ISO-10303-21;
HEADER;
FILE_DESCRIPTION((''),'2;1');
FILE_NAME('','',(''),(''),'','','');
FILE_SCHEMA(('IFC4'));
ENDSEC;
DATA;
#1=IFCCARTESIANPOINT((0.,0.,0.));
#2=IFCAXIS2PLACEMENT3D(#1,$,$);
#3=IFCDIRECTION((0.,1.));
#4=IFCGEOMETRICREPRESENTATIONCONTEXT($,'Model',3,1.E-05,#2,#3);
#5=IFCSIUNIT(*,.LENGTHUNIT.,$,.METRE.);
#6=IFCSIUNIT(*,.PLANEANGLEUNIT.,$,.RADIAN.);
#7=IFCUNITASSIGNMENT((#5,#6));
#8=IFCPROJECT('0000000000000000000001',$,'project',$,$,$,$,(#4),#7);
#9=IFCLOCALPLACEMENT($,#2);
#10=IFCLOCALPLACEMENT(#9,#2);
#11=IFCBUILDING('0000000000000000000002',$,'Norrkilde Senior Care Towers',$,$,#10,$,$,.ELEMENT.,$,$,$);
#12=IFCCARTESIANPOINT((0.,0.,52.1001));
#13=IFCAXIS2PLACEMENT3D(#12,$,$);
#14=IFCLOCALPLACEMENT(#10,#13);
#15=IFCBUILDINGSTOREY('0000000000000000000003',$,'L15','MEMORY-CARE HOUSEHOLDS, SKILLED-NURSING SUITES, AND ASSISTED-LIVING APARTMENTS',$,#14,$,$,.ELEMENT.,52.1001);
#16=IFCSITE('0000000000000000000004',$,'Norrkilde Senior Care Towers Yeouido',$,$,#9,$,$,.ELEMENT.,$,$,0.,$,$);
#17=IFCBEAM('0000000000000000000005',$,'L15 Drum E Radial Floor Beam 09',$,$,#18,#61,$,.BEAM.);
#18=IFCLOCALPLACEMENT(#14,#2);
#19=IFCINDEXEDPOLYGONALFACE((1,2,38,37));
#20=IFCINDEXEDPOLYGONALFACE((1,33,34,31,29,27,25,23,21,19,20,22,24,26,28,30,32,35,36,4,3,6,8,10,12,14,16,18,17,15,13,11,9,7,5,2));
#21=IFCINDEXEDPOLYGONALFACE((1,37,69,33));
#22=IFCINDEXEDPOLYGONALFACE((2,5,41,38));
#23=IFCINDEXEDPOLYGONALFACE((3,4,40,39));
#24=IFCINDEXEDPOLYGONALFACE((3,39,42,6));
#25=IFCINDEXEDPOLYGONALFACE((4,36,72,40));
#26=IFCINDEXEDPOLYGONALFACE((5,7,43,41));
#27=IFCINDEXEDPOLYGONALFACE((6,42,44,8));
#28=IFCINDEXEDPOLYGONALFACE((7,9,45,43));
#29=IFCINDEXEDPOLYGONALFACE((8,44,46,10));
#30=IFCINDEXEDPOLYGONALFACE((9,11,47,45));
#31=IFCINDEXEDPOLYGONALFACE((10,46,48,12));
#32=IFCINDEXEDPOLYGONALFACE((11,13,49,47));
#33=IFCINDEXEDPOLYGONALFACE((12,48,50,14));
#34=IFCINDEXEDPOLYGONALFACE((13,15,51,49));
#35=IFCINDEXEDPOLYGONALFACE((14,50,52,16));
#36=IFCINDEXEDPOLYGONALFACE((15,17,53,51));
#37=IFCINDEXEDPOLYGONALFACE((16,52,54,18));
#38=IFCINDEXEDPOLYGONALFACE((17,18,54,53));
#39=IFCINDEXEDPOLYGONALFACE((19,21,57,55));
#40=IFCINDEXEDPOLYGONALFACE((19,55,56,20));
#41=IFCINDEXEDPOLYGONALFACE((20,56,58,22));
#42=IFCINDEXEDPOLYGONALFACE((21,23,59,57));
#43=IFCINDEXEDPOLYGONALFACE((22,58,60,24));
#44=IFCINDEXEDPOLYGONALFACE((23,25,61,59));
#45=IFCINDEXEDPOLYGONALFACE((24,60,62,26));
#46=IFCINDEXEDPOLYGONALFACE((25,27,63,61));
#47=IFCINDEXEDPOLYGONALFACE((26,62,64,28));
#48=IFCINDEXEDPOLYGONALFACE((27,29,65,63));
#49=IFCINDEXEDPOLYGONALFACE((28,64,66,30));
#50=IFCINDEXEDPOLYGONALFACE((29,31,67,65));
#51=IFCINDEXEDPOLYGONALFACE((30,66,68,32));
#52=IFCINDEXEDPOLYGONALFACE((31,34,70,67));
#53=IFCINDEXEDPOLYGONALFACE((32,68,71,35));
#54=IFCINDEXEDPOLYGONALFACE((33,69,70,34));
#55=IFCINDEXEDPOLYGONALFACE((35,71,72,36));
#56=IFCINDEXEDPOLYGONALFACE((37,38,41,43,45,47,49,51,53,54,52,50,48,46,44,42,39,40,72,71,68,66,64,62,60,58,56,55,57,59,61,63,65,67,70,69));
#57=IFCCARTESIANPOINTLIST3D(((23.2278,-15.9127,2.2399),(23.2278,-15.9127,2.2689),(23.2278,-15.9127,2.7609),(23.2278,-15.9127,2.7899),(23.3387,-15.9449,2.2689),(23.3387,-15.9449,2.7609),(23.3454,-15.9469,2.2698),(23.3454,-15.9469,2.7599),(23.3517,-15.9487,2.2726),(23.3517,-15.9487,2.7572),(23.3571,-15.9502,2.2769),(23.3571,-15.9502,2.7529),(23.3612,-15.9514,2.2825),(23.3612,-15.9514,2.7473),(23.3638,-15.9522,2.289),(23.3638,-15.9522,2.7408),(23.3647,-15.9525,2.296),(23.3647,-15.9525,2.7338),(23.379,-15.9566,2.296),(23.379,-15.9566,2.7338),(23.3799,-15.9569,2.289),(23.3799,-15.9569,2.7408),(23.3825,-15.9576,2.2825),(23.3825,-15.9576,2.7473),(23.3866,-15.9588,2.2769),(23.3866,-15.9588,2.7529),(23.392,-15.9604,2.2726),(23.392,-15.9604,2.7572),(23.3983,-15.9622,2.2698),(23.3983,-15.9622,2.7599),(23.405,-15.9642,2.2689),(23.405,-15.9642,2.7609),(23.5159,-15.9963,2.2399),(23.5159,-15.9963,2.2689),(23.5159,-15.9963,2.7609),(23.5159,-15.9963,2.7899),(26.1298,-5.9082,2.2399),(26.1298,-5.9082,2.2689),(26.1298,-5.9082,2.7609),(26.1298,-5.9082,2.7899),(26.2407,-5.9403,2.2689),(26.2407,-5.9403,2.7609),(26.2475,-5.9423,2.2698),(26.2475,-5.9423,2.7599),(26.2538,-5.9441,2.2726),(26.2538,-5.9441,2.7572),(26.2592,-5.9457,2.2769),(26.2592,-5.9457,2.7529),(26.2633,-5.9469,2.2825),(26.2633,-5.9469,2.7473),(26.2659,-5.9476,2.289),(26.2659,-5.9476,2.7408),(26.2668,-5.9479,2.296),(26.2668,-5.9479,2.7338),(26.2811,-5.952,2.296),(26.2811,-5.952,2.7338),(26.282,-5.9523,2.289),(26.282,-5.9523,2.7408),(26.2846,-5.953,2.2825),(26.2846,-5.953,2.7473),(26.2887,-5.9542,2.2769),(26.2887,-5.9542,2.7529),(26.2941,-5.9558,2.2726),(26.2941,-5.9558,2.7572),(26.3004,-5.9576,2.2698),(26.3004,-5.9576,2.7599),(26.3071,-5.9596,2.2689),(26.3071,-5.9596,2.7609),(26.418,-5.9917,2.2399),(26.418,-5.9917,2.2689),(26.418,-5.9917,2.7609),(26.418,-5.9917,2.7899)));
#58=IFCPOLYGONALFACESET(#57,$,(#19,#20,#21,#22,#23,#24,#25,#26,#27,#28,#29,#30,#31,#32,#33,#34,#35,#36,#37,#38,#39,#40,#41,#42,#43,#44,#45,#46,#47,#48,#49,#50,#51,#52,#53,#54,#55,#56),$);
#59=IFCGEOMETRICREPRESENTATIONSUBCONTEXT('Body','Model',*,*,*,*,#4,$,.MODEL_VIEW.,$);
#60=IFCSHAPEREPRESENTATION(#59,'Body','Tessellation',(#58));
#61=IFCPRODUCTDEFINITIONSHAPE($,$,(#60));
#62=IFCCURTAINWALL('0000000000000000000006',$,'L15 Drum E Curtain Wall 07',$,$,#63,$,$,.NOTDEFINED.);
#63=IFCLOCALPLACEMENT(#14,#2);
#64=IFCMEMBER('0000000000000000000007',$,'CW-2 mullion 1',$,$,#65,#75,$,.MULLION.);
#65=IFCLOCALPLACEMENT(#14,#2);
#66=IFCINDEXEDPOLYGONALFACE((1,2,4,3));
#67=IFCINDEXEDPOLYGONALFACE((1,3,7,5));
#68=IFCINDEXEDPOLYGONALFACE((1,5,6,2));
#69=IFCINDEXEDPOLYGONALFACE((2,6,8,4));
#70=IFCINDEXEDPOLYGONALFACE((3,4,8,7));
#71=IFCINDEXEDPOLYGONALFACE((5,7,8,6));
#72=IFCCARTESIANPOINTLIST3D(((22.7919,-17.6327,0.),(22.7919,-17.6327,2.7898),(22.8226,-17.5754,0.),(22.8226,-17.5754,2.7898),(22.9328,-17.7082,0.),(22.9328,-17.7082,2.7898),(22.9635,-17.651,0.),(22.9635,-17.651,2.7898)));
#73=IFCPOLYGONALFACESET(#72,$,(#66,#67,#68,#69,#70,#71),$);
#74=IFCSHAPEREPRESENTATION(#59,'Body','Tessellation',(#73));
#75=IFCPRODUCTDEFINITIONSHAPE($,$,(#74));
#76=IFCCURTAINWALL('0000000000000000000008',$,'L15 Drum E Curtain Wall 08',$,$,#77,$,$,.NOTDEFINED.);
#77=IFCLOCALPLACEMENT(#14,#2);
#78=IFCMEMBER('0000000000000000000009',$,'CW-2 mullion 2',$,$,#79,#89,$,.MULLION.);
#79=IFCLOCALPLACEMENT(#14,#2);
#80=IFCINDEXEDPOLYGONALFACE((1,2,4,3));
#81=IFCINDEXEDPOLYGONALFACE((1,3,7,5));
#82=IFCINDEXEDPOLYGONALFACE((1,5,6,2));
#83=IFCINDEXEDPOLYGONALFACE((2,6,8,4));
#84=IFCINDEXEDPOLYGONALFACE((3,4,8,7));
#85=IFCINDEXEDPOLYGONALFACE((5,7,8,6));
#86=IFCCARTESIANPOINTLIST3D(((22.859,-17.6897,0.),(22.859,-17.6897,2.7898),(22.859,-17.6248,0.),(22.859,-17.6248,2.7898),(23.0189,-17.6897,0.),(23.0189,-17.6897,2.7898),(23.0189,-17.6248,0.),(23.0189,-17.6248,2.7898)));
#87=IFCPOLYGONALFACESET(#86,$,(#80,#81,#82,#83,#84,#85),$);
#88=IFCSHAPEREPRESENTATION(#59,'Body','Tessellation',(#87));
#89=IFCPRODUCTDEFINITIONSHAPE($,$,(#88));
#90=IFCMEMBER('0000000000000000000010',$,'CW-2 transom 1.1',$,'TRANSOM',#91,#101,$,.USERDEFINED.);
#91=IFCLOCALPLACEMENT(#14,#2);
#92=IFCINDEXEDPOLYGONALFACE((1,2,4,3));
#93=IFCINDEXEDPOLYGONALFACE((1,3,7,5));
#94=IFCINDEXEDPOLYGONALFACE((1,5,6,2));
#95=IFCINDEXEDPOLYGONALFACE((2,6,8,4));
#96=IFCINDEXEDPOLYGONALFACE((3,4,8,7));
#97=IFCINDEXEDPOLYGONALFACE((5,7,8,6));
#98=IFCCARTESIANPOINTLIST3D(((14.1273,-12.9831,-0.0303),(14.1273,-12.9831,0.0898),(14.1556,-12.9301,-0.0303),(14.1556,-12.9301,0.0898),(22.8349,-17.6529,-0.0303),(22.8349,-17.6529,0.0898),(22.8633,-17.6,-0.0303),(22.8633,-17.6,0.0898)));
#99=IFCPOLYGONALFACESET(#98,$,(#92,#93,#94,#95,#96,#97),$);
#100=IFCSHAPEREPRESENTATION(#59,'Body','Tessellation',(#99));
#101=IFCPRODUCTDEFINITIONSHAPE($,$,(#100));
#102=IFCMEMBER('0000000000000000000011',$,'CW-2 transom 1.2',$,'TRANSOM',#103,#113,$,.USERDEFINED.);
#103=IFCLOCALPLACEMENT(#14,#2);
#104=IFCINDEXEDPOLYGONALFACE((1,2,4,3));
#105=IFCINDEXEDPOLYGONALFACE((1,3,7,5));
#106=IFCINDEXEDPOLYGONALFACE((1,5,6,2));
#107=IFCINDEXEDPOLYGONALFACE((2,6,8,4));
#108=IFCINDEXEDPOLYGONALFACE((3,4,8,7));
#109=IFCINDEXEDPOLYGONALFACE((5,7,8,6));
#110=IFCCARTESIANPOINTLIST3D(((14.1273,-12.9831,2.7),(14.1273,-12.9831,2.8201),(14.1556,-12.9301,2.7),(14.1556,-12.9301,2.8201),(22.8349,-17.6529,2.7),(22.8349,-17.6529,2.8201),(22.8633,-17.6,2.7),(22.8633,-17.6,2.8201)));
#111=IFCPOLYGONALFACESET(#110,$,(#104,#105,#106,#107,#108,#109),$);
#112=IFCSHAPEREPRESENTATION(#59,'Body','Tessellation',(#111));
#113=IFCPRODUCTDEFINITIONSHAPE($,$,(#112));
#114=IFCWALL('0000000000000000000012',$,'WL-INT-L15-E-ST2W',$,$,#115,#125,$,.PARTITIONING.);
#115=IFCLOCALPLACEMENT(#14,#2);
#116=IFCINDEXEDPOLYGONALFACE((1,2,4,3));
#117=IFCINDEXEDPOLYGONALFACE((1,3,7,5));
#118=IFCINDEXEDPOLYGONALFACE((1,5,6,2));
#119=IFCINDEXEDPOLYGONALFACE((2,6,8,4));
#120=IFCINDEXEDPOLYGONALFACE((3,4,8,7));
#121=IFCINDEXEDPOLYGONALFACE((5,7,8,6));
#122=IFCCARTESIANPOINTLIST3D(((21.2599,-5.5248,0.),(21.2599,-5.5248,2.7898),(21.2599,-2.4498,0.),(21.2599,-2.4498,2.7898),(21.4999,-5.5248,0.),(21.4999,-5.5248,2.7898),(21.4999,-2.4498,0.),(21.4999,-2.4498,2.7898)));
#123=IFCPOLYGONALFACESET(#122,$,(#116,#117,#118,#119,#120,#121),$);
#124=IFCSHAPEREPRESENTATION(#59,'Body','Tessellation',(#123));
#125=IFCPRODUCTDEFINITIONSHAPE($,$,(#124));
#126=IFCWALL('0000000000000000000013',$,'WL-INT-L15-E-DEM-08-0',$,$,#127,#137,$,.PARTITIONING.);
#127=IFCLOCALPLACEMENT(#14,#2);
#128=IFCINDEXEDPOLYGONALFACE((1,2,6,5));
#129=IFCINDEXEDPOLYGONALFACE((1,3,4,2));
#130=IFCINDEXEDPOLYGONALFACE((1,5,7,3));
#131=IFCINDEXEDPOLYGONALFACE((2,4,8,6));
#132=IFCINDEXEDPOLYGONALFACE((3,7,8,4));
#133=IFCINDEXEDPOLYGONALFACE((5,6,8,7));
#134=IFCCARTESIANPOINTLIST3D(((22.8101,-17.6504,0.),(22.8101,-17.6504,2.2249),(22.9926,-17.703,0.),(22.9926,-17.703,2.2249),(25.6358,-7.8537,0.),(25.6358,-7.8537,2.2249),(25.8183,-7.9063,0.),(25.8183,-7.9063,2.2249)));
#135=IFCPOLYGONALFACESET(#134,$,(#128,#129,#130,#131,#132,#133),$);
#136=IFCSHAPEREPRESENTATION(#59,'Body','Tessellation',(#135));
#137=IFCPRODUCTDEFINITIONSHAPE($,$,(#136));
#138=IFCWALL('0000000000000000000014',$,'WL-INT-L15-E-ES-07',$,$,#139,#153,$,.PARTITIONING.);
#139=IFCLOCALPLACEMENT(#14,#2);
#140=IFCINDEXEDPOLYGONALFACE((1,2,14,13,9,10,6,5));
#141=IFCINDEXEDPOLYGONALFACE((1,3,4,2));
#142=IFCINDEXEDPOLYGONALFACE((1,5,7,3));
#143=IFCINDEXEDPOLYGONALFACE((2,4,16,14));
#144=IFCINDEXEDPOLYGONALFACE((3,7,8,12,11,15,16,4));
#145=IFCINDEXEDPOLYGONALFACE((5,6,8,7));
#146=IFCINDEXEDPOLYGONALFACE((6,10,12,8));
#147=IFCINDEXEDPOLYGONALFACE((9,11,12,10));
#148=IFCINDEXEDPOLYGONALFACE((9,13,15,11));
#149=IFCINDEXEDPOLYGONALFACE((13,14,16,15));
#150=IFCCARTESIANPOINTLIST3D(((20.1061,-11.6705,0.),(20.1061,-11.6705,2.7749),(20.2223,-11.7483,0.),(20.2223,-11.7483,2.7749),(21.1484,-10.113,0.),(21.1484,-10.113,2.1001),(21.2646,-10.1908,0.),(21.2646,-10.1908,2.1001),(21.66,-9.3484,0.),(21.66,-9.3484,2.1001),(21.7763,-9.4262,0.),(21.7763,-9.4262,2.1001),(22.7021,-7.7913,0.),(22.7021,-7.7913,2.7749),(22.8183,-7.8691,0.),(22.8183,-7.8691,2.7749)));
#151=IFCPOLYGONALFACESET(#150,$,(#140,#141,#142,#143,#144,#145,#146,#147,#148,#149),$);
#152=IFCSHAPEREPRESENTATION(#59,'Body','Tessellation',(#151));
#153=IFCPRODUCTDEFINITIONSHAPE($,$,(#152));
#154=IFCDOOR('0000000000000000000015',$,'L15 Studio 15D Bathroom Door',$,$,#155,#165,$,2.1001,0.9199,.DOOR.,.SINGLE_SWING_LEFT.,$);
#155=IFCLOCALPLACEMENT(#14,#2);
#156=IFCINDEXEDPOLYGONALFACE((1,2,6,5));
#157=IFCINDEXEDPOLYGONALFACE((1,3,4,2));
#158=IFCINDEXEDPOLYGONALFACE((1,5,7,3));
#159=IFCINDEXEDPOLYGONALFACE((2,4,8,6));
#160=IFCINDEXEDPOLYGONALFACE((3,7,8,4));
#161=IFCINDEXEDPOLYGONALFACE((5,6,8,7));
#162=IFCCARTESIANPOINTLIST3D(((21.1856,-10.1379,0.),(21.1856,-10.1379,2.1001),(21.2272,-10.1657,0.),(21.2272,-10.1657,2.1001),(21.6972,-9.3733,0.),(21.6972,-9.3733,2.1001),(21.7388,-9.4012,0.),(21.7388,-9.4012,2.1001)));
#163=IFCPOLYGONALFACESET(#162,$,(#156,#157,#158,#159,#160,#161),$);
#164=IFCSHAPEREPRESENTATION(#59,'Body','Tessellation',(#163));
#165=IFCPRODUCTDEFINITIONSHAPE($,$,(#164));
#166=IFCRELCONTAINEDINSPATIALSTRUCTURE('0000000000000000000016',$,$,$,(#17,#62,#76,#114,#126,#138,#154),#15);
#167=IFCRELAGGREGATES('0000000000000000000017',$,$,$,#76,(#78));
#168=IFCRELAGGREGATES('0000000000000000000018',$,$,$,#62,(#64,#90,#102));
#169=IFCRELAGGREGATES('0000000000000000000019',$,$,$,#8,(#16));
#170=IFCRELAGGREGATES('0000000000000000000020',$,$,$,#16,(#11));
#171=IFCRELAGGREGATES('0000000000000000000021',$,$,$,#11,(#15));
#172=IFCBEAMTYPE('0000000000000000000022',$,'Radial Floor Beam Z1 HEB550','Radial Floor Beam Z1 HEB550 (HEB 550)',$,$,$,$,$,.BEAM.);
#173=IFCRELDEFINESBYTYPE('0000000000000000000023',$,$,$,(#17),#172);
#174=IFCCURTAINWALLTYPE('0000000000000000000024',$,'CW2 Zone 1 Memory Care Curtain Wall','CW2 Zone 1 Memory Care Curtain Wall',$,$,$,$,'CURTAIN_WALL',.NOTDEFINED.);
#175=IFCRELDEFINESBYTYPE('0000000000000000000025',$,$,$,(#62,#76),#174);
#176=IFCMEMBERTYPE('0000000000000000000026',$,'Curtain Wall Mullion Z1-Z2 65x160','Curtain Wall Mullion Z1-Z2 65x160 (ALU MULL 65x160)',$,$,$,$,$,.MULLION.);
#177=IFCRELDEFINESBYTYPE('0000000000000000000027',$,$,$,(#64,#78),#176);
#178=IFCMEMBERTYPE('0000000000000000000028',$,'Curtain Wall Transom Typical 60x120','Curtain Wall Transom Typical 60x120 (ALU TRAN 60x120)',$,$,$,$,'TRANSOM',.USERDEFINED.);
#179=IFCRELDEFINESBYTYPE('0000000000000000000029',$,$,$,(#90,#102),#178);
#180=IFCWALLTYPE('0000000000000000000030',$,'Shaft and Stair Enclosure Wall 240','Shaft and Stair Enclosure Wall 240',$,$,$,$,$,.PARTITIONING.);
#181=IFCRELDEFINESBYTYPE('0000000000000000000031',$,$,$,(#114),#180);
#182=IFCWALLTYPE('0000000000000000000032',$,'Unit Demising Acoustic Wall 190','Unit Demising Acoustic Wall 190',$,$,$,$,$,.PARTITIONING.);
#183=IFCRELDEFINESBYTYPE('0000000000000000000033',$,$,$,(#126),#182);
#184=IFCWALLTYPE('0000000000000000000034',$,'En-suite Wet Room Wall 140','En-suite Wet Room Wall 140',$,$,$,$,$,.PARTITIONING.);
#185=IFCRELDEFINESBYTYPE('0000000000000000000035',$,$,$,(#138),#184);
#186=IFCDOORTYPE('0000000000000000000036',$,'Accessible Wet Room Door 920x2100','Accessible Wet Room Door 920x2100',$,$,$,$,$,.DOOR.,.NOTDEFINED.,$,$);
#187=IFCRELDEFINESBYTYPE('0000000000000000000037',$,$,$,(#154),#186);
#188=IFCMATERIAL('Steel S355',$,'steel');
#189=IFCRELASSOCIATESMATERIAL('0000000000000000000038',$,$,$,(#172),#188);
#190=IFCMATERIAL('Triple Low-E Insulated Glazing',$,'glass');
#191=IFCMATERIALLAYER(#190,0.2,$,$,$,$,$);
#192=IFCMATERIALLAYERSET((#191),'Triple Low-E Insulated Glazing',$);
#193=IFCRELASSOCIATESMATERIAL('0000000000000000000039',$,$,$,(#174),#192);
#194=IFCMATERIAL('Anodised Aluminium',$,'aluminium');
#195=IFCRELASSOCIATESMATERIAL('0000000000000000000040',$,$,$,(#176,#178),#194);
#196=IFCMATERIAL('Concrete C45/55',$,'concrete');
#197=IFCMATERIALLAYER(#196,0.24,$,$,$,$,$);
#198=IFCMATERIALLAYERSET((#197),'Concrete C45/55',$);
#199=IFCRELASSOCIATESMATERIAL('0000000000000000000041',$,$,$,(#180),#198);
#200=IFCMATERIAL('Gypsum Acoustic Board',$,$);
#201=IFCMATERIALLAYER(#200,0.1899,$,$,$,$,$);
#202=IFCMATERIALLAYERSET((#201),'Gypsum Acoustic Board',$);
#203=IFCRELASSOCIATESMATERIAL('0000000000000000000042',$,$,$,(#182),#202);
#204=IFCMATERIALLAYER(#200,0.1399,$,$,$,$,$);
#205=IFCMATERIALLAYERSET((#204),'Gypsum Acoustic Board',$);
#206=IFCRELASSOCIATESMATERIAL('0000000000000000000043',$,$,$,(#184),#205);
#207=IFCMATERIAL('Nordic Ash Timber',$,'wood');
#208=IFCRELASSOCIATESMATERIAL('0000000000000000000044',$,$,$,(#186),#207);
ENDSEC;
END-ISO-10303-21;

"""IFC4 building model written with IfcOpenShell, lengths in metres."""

from ifc_helpers import new_model, si_unit, direction, frame, frame_2d, origin, origin_2d, place, context, subcontext, project, spatial, rectangle, i_section, extrude, source, transform, mapped, material, layer, layer_set, material_profile, profile_set, type_object, type_shapes, element, fill, aggregate, save


model = new_model("IFC4")

# Units and contexts
model_context = context("Model", 3, precision=1e-05, world=origin(), true_north=direction((0.0, 1.0)))
body_context = subcontext(model_context, "Body", "Model", "MODEL_VIEW")
ifc_project = project(units=[si_unit("LENGTHUNIT", "METRE"), si_unit("PLANEANGLEUNIT", "RADIAN")], contexts=[model_context])

# Site, building, storey
site_placement = place(None, origin())
site = spatial("IfcSite", under=ifc_project, at=site_placement, Name="Norrkilde Senior Care Towers Yeouido", CompositionType="ELEMENT", RefElevation=0.0)
building_placement = place(site_placement, origin())
building = spatial("IfcBuilding", under=site, at=building_placement, Name="Norrkilde Senior Care Towers", CompositionType="ELEMENT")
storey_placement = place(building_placement, frame((0.0, 0.0, 52.1001)))
storey = spatial("IfcBuildingStorey", under=building, at=storey_placement, Name="L15", Description="MEMORY-CARE HOUSEHOLDS, SKILLED-NURSING SUITES, AND ASSISTED-LIVING APARTMENTS", CompositionType="ELEMENT", Elevation=52.1001)

# Beam
ifc_material_1 = material(Name="Steel S355", Category="steel")
ifc_material_profile_1 = material_profile(ifc_material_1, i_section(OverallWidth=0.3, OverallDepth=0.55, WebThickness=0.0149, FlangeThickness=0.0291, FilletRadius=0.0271, at=origin_2d()), Name="HEB 550")
ifc_profile_set_1 = profile_set([ifc_material_profile_1], Name="Steel S355")
beam_type_1 = type_object("IfcBeamType", Name="Radial Floor Beam Z1 HEB550", Description="Radial Floor Beam Z1 HEB550 (HEB 550)", PredefinedType="BEAM", material=ifc_profile_set_1)
shared_shape_1 = source(origin(), body_context, "Body", "SweptSolid", [
    extrude(i_section(OverallWidth=0.3, OverallDepth=0.55, WebThickness=0.0149, FlangeThickness=0.0291, FilletRadius=0.0271, at=origin_2d()), origin(), (0.0, 0.0, 1.0), 10.417),
])
beam_1_placement = place(storey_placement, frame((26.2739, -5.95, 2.5149), z_axis=(-0.278591, -0.96041, 0.0), x_axis=(0.96041, -0.278591, 0.0)))
element("IfcBeam", 1, at=beam_1_placement, inside=storey, type_object=beam_type_1, Name="L15 Drum E Radial Floor Beam 09", PredefinedType="BEAM", context=body_context, shape_type="MappedRepresentation", body=[
    mapped(shared_shape_1, transform((0.0, 0.0, 0.0), x_axis=(1.0, 0.0, 0.0), y_axis=(0.0, 1.0, 0.0), z_axis=(0.0, 0.0, 1.0), scale=1.0)),
])

# Curtain walls, members
ifc_material_2 = material(Name="Triple Low-E Insulated Glazing", Category="glass")
ifc_layer_1 = layer(ifc_material_2, 0.2)
ifc_layer_set_1 = layer_set([ifc_layer_1], Name="Triple Low-E Insulated Glazing")
curtain_wall_type = type_object("IfcCurtainWallType", Name="CW2 Zone 1 Memory Care Curtain Wall", Description="CW2 Zone 1 Memory Care Curtain Wall", ElementType="CURTAIN_WALL", PredefinedType="NOTDEFINED", material=ifc_layer_set_1)
curtain_wall_1_placement = place(storey_placement, origin())
curtain_wall_1 = element("IfcCurtainWall", 2, at=curtain_wall_1_placement, inside=storey, type_object=curtain_wall_type, Name="L15 Drum E Curtain Wall 07", PredefinedType="NOTDEFINED")
ifc_material_3 = material(Name="Anodised Aluminium", Category="aluminium")
ifc_material_profile_2 = material_profile(ifc_material_3, rectangle(XDim=0.0649, YDim=0.1599, at=origin_2d()), Name="ALU MULL 65x160")
ifc_profile_set_2 = profile_set([ifc_material_profile_2], Name="Anodised Aluminium")
member_type_1 = type_object("IfcMemberType", Name="Curtain Wall Mullion Z1-Z2 65x160", Description="Curtain Wall Mullion Z1-Z2 65x160 (ALU MULL 65x160)", PredefinedType="MULLION", material=ifc_profile_set_2)
shared_shape_2 = source(origin(), body_context, "Body", "SweptSolid", [
    extrude(rectangle(XDim=0.0649, YDim=0.1599, at=origin_2d()), origin(), (0.0, 0.0, 1.0), 2.7898),
])
type_shapes(member_type_1, [shared_shape_2])
member_1_placement = place(storey_placement, frame((22.8777, -17.6418, 0.0), z_axis=(0.0, 0.0, 1.0), x_axis=(-0.472608, -0.881273, 0.0)))
member_1 = element("IfcMember", 3, at=member_1_placement, type_object=member_type_1, Name="CW-2 mullion 1", PredefinedType="MULLION", context=body_context, shape_type="MappedRepresentation", body=[
    mapped(shared_shape_2, transform((0.0, 0.0, 0.0), x_axis=(1.0, 0.0, 0.0), y_axis=(0.0, 1.0, 0.0), z_axis=(0.0, 0.0, 1.0), scale=1.0)),
])
curtain_wall_2_placement = place(storey_placement, origin())
curtain_wall_2 = element("IfcCurtainWall", 4, at=curtain_wall_2_placement, inside=storey, type_object=curtain_wall_type, Name="L15 Drum E Curtain Wall 08", PredefinedType="NOTDEFINED")
member_2_placement = place(storey_placement, frame((22.939, -17.6572, 0.0), z_axis=(0.0, 0.0, 1.0), x_axis=(0.0, -1.0, 0.0)))
member_2 = element("IfcMember", 5, at=member_2_placement, type_object=member_type_1, Name="CW-2 mullion 2", PredefinedType="MULLION", context=body_context, shape_type="MappedRepresentation", body=[
    mapped(shared_shape_2, transform((0.0, 0.0, 0.0), x_axis=(1.0, 0.0, 0.0), y_axis=(0.0, 1.0, 0.0), z_axis=(0.0, 0.0, 1.0), scale=1.0)),
])
aggregate(curtain_wall_2, [member_2])

# Members
ifc_material_profile_3 = material_profile(ifc_material_3, rectangle(XDim=0.0601, YDim=0.1201, at=origin_2d()), Name="ALU TRAN 60x120")
ifc_profile_set_3 = profile_set([ifc_material_profile_3], Name="Anodised Aluminium")
member_type_2 = type_object("IfcMemberType", Name="Curtain Wall Transom Typical 60x120", Description="Curtain Wall Transom Typical 60x120 (ALU TRAN 60x120)", ElementType="TRANSOM", PredefinedType="USERDEFINED", material=ifc_profile_set_3)
shared_shape_3 = source(origin(), body_context, "Body", "SweptSolid", [
    extrude(rectangle(XDim=0.0601, YDim=0.1201, at=origin_2d()), origin(), (0.0, 0.0, 1.0), 9.8809),
])
type_shapes(member_type_2, [shared_shape_3])
member_3_placement = place(storey_placement, frame((22.8491, -17.6265, 0.0298), z_axis=(-0.881267, 0.472618, 0.0), x_axis=(-0.472618, -0.881267, 0.0)))
member_3 = element("IfcMember", 6, at=member_3_placement, type_object=member_type_2, Name="CW-2 transom 1.1", ObjectType="TRANSOM", PredefinedType="USERDEFINED", context=body_context, shape_type="MappedRepresentation", body=[
    mapped(shared_shape_3, transform((0.0, 0.0, 0.0), x_axis=(1.0, 0.0, 0.0), y_axis=(0.0, 1.0, 0.0), z_axis=(0.0, 0.0, 1.0), scale=1.0)),
])
member_4_placement = place(storey_placement, frame((22.8491, -17.6265, 2.76), z_axis=(-0.881267, 0.472618, 0.0), x_axis=(-0.472618, -0.881267, 0.0)))
member_4 = element("IfcMember", 7, at=member_4_placement, type_object=member_type_2, Name="CW-2 transom 1.2", ObjectType="TRANSOM", PredefinedType="USERDEFINED", context=body_context, shape_type="MappedRepresentation", body=[
    mapped(shared_shape_3, transform((0.0, 0.0, 0.0), x_axis=(1.0, 0.0, 0.0), y_axis=(0.0, 1.0, 0.0), z_axis=(0.0, 0.0, 1.0), scale=1.0)),
])
aggregate(curtain_wall_1, [member_1, member_3, member_4])

# Walls
ifc_material_4 = material(Name="Concrete C45/55", Category="concrete")
ifc_layer_2 = layer(ifc_material_4, 0.24)
ifc_layer_set_2 = layer_set([ifc_layer_2], Name="Concrete C45/55")
wall_type_1 = type_object("IfcWallType", Name="Shaft and Stair Enclosure Wall 240", Description="Shaft and Stair Enclosure Wall 240", PredefinedType="PARTITIONING", material=ifc_layer_set_2)
shared_shape_4 = source(origin(), body_context, "Body", "SweptSolid", [
    extrude(rectangle(XDim=3.075, YDim=0.24, at=frame_2d((1.5376, 0.0))), origin(), (0.0, 0.0, 1.0), 2.7898),
])
type_shapes(wall_type_1, [shared_shape_4])
wall_1_placement = place(storey_placement, frame((21.3799, -5.5249, 0.0), z_axis=(0.0, 0.0, 1.0), x_axis=(0.0, 1.0, 0.0)))
element("IfcWall", 8, at=wall_1_placement, inside=storey, type_object=wall_type_1, Name="WL-INT-L15-E-ST2W", PredefinedType="PARTITIONING", context=body_context, shape_type="MappedRepresentation", body=[
    mapped(shared_shape_4, transform((0.0, 0.0, 0.0), x_axis=(1.0, 0.0, 0.0), y_axis=(0.0, 1.0, 0.0), z_axis=(0.0, 0.0, 1.0), scale=1.0)),
])
ifc_material_5 = material(Name="Gypsum Acoustic Board")
ifc_layer_3 = layer(ifc_material_5, 0.1899)
ifc_layer_set_3 = layer_set([ifc_layer_3], Name="Gypsum Acoustic Board")
wall_type_2 = type_object("IfcWallType", Name="Unit Demising Acoustic Wall 190", Description="Unit Demising Acoustic Wall 190", PredefinedType="PARTITIONING", material=ifc_layer_set_3)
shared_shape_5 = source(origin(), body_context, "Body", "SweptSolid", [
    extrude(rectangle(XDim=10.196, YDim=0.1899, at=frame_2d((5.0981, 0.0))), origin(), (0.0, 0.0, 1.0), 2.2249),
])
type_shapes(wall_type_2, [shared_shape_5])
wall_2_placement = place(storey_placement, frame((25.7271, -7.8799, 0.0), z_axis=(0.0, 0.0, 1.0), x_axis=(-0.277136, -0.960831, 0.0)))
element("IfcWall", 9, at=wall_2_placement, inside=storey, type_object=wall_type_2, Name="WL-INT-L15-E-DEM-08-0", PredefinedType="PARTITIONING", context=body_context, shape_type="MappedRepresentation", body=[
    mapped(shared_shape_5, transform((0.0, 0.0, 0.0), x_axis=(1.0, 0.0, 0.0), y_axis=(0.0, 1.0, 0.0), z_axis=(0.0, 0.0, 1.0), scale=1.0)),
])

# Wall, opening, door
ifc_layer_4 = layer(ifc_material_5, 0.1399)
ifc_layer_set_4 = layer_set([ifc_layer_4], Name="Gypsum Acoustic Board")
wall_type_3 = type_object("IfcWallType", Name="En-suite Wet Room Wall 140", Description="En-suite Wet Room Wall 140", PredefinedType="PARTITIONING", material=ifc_layer_set_4)
shared_shape_6 = source(origin(), body_context, "Body", "SweptSolid", [
    extrude(rectangle(XDim=4.6677, YDim=0.1399, at=frame_2d((2.334, 0.0))), origin(), (0.0, 0.0, 1.0), 2.7749),
])
type_shapes(wall_type_3, [shared_shape_6])
wall_3_placement = place(storey_placement, frame((22.7603, -7.8301, 0.0), z_axis=(0.0, 0.0, 1.0), x_axis=(-0.55616, -0.831075, 0.0)))
wall_3 = element("IfcWall", 10, at=wall_3_placement, inside=storey, type_object=wall_type_3, Name="WL-INT-L15-E-ES-07", PredefinedType="PARTITIONING", context=body_context, shape_type="MappedRepresentation", body=[
    mapped(shared_shape_6, transform((0.0, 0.0, 0.0), x_axis=(1.0, 0.0, 0.0), y_axis=(0.0, 1.0, 0.0), z_axis=(0.0, 0.0, 1.0), scale=1.0)),
])
opening_1_placement = place(wall_3_placement, frame((1.8738, 0.0, 0.0)))
opening_1 = element("IfcOpeningElement", 11, at=opening_1_placement, cuts=wall_3, PredefinedType="OPENING", context=body_context, shape_type="SweptSolid", body=[
    extrude(rectangle(XDim=0.9199, YDim=2.1001, at=frame_2d((0.46, 1.05))), frame((0.0, 0.0798, 0.0), z_axis=(0.0, -1.0, 0.0), x_axis=(1.0, 0.0, 0.0)), (0.0, 0.0, 1.0), 0.1599),
])
ifc_material_6 = material(Name="Nordic Ash Timber", Category="wood")
door_type_1 = type_object("IfcDoorType", Name="Accessible Wet Room Door 920x2100", Description="Accessible Wet Room Door 920x2100", OperationType="NOTDEFINED", PredefinedType="DOOR", material=ifc_material_6)
shared_shape_7 = source(origin(), body_context, "Body", "SweptSolid", [
    extrude(rectangle(XDim=0.9199, YDim=2.1001, at=frame_2d((0.46, 1.05))), frame((0.0, 0.0249, 0.0), z_axis=(0.0, -1.0, 0.0), x_axis=(1.0, 0.0, 0.0)), (0.0, 0.0, 1.0), 0.05),
])
type_shapes(door_type_1, [shared_shape_7])
door_1_placement = place(opening_1_placement, origin())
door_1 = element("IfcDoor", 12, at=door_1_placement, inside=storey, type_object=door_type_1, Name="L15 Studio 15D Bathroom Door", OperationType="SINGLE_SWING_LEFT", OverallHeight=2.1001, OverallWidth=0.9199, PredefinedType="DOOR", context=body_context, shape_type="MappedRepresentation", body=[
    mapped(shared_shape_7, transform((0.0, 0.0, 0.0), x_axis=(1.0, 0.0, 0.0), y_axis=(0.0, 1.0, 0.0), z_axis=(0.0, 0.0, 1.0), scale=1.0)),
])
fill(opening_1, door_1)

save(model, "model.ifc")
